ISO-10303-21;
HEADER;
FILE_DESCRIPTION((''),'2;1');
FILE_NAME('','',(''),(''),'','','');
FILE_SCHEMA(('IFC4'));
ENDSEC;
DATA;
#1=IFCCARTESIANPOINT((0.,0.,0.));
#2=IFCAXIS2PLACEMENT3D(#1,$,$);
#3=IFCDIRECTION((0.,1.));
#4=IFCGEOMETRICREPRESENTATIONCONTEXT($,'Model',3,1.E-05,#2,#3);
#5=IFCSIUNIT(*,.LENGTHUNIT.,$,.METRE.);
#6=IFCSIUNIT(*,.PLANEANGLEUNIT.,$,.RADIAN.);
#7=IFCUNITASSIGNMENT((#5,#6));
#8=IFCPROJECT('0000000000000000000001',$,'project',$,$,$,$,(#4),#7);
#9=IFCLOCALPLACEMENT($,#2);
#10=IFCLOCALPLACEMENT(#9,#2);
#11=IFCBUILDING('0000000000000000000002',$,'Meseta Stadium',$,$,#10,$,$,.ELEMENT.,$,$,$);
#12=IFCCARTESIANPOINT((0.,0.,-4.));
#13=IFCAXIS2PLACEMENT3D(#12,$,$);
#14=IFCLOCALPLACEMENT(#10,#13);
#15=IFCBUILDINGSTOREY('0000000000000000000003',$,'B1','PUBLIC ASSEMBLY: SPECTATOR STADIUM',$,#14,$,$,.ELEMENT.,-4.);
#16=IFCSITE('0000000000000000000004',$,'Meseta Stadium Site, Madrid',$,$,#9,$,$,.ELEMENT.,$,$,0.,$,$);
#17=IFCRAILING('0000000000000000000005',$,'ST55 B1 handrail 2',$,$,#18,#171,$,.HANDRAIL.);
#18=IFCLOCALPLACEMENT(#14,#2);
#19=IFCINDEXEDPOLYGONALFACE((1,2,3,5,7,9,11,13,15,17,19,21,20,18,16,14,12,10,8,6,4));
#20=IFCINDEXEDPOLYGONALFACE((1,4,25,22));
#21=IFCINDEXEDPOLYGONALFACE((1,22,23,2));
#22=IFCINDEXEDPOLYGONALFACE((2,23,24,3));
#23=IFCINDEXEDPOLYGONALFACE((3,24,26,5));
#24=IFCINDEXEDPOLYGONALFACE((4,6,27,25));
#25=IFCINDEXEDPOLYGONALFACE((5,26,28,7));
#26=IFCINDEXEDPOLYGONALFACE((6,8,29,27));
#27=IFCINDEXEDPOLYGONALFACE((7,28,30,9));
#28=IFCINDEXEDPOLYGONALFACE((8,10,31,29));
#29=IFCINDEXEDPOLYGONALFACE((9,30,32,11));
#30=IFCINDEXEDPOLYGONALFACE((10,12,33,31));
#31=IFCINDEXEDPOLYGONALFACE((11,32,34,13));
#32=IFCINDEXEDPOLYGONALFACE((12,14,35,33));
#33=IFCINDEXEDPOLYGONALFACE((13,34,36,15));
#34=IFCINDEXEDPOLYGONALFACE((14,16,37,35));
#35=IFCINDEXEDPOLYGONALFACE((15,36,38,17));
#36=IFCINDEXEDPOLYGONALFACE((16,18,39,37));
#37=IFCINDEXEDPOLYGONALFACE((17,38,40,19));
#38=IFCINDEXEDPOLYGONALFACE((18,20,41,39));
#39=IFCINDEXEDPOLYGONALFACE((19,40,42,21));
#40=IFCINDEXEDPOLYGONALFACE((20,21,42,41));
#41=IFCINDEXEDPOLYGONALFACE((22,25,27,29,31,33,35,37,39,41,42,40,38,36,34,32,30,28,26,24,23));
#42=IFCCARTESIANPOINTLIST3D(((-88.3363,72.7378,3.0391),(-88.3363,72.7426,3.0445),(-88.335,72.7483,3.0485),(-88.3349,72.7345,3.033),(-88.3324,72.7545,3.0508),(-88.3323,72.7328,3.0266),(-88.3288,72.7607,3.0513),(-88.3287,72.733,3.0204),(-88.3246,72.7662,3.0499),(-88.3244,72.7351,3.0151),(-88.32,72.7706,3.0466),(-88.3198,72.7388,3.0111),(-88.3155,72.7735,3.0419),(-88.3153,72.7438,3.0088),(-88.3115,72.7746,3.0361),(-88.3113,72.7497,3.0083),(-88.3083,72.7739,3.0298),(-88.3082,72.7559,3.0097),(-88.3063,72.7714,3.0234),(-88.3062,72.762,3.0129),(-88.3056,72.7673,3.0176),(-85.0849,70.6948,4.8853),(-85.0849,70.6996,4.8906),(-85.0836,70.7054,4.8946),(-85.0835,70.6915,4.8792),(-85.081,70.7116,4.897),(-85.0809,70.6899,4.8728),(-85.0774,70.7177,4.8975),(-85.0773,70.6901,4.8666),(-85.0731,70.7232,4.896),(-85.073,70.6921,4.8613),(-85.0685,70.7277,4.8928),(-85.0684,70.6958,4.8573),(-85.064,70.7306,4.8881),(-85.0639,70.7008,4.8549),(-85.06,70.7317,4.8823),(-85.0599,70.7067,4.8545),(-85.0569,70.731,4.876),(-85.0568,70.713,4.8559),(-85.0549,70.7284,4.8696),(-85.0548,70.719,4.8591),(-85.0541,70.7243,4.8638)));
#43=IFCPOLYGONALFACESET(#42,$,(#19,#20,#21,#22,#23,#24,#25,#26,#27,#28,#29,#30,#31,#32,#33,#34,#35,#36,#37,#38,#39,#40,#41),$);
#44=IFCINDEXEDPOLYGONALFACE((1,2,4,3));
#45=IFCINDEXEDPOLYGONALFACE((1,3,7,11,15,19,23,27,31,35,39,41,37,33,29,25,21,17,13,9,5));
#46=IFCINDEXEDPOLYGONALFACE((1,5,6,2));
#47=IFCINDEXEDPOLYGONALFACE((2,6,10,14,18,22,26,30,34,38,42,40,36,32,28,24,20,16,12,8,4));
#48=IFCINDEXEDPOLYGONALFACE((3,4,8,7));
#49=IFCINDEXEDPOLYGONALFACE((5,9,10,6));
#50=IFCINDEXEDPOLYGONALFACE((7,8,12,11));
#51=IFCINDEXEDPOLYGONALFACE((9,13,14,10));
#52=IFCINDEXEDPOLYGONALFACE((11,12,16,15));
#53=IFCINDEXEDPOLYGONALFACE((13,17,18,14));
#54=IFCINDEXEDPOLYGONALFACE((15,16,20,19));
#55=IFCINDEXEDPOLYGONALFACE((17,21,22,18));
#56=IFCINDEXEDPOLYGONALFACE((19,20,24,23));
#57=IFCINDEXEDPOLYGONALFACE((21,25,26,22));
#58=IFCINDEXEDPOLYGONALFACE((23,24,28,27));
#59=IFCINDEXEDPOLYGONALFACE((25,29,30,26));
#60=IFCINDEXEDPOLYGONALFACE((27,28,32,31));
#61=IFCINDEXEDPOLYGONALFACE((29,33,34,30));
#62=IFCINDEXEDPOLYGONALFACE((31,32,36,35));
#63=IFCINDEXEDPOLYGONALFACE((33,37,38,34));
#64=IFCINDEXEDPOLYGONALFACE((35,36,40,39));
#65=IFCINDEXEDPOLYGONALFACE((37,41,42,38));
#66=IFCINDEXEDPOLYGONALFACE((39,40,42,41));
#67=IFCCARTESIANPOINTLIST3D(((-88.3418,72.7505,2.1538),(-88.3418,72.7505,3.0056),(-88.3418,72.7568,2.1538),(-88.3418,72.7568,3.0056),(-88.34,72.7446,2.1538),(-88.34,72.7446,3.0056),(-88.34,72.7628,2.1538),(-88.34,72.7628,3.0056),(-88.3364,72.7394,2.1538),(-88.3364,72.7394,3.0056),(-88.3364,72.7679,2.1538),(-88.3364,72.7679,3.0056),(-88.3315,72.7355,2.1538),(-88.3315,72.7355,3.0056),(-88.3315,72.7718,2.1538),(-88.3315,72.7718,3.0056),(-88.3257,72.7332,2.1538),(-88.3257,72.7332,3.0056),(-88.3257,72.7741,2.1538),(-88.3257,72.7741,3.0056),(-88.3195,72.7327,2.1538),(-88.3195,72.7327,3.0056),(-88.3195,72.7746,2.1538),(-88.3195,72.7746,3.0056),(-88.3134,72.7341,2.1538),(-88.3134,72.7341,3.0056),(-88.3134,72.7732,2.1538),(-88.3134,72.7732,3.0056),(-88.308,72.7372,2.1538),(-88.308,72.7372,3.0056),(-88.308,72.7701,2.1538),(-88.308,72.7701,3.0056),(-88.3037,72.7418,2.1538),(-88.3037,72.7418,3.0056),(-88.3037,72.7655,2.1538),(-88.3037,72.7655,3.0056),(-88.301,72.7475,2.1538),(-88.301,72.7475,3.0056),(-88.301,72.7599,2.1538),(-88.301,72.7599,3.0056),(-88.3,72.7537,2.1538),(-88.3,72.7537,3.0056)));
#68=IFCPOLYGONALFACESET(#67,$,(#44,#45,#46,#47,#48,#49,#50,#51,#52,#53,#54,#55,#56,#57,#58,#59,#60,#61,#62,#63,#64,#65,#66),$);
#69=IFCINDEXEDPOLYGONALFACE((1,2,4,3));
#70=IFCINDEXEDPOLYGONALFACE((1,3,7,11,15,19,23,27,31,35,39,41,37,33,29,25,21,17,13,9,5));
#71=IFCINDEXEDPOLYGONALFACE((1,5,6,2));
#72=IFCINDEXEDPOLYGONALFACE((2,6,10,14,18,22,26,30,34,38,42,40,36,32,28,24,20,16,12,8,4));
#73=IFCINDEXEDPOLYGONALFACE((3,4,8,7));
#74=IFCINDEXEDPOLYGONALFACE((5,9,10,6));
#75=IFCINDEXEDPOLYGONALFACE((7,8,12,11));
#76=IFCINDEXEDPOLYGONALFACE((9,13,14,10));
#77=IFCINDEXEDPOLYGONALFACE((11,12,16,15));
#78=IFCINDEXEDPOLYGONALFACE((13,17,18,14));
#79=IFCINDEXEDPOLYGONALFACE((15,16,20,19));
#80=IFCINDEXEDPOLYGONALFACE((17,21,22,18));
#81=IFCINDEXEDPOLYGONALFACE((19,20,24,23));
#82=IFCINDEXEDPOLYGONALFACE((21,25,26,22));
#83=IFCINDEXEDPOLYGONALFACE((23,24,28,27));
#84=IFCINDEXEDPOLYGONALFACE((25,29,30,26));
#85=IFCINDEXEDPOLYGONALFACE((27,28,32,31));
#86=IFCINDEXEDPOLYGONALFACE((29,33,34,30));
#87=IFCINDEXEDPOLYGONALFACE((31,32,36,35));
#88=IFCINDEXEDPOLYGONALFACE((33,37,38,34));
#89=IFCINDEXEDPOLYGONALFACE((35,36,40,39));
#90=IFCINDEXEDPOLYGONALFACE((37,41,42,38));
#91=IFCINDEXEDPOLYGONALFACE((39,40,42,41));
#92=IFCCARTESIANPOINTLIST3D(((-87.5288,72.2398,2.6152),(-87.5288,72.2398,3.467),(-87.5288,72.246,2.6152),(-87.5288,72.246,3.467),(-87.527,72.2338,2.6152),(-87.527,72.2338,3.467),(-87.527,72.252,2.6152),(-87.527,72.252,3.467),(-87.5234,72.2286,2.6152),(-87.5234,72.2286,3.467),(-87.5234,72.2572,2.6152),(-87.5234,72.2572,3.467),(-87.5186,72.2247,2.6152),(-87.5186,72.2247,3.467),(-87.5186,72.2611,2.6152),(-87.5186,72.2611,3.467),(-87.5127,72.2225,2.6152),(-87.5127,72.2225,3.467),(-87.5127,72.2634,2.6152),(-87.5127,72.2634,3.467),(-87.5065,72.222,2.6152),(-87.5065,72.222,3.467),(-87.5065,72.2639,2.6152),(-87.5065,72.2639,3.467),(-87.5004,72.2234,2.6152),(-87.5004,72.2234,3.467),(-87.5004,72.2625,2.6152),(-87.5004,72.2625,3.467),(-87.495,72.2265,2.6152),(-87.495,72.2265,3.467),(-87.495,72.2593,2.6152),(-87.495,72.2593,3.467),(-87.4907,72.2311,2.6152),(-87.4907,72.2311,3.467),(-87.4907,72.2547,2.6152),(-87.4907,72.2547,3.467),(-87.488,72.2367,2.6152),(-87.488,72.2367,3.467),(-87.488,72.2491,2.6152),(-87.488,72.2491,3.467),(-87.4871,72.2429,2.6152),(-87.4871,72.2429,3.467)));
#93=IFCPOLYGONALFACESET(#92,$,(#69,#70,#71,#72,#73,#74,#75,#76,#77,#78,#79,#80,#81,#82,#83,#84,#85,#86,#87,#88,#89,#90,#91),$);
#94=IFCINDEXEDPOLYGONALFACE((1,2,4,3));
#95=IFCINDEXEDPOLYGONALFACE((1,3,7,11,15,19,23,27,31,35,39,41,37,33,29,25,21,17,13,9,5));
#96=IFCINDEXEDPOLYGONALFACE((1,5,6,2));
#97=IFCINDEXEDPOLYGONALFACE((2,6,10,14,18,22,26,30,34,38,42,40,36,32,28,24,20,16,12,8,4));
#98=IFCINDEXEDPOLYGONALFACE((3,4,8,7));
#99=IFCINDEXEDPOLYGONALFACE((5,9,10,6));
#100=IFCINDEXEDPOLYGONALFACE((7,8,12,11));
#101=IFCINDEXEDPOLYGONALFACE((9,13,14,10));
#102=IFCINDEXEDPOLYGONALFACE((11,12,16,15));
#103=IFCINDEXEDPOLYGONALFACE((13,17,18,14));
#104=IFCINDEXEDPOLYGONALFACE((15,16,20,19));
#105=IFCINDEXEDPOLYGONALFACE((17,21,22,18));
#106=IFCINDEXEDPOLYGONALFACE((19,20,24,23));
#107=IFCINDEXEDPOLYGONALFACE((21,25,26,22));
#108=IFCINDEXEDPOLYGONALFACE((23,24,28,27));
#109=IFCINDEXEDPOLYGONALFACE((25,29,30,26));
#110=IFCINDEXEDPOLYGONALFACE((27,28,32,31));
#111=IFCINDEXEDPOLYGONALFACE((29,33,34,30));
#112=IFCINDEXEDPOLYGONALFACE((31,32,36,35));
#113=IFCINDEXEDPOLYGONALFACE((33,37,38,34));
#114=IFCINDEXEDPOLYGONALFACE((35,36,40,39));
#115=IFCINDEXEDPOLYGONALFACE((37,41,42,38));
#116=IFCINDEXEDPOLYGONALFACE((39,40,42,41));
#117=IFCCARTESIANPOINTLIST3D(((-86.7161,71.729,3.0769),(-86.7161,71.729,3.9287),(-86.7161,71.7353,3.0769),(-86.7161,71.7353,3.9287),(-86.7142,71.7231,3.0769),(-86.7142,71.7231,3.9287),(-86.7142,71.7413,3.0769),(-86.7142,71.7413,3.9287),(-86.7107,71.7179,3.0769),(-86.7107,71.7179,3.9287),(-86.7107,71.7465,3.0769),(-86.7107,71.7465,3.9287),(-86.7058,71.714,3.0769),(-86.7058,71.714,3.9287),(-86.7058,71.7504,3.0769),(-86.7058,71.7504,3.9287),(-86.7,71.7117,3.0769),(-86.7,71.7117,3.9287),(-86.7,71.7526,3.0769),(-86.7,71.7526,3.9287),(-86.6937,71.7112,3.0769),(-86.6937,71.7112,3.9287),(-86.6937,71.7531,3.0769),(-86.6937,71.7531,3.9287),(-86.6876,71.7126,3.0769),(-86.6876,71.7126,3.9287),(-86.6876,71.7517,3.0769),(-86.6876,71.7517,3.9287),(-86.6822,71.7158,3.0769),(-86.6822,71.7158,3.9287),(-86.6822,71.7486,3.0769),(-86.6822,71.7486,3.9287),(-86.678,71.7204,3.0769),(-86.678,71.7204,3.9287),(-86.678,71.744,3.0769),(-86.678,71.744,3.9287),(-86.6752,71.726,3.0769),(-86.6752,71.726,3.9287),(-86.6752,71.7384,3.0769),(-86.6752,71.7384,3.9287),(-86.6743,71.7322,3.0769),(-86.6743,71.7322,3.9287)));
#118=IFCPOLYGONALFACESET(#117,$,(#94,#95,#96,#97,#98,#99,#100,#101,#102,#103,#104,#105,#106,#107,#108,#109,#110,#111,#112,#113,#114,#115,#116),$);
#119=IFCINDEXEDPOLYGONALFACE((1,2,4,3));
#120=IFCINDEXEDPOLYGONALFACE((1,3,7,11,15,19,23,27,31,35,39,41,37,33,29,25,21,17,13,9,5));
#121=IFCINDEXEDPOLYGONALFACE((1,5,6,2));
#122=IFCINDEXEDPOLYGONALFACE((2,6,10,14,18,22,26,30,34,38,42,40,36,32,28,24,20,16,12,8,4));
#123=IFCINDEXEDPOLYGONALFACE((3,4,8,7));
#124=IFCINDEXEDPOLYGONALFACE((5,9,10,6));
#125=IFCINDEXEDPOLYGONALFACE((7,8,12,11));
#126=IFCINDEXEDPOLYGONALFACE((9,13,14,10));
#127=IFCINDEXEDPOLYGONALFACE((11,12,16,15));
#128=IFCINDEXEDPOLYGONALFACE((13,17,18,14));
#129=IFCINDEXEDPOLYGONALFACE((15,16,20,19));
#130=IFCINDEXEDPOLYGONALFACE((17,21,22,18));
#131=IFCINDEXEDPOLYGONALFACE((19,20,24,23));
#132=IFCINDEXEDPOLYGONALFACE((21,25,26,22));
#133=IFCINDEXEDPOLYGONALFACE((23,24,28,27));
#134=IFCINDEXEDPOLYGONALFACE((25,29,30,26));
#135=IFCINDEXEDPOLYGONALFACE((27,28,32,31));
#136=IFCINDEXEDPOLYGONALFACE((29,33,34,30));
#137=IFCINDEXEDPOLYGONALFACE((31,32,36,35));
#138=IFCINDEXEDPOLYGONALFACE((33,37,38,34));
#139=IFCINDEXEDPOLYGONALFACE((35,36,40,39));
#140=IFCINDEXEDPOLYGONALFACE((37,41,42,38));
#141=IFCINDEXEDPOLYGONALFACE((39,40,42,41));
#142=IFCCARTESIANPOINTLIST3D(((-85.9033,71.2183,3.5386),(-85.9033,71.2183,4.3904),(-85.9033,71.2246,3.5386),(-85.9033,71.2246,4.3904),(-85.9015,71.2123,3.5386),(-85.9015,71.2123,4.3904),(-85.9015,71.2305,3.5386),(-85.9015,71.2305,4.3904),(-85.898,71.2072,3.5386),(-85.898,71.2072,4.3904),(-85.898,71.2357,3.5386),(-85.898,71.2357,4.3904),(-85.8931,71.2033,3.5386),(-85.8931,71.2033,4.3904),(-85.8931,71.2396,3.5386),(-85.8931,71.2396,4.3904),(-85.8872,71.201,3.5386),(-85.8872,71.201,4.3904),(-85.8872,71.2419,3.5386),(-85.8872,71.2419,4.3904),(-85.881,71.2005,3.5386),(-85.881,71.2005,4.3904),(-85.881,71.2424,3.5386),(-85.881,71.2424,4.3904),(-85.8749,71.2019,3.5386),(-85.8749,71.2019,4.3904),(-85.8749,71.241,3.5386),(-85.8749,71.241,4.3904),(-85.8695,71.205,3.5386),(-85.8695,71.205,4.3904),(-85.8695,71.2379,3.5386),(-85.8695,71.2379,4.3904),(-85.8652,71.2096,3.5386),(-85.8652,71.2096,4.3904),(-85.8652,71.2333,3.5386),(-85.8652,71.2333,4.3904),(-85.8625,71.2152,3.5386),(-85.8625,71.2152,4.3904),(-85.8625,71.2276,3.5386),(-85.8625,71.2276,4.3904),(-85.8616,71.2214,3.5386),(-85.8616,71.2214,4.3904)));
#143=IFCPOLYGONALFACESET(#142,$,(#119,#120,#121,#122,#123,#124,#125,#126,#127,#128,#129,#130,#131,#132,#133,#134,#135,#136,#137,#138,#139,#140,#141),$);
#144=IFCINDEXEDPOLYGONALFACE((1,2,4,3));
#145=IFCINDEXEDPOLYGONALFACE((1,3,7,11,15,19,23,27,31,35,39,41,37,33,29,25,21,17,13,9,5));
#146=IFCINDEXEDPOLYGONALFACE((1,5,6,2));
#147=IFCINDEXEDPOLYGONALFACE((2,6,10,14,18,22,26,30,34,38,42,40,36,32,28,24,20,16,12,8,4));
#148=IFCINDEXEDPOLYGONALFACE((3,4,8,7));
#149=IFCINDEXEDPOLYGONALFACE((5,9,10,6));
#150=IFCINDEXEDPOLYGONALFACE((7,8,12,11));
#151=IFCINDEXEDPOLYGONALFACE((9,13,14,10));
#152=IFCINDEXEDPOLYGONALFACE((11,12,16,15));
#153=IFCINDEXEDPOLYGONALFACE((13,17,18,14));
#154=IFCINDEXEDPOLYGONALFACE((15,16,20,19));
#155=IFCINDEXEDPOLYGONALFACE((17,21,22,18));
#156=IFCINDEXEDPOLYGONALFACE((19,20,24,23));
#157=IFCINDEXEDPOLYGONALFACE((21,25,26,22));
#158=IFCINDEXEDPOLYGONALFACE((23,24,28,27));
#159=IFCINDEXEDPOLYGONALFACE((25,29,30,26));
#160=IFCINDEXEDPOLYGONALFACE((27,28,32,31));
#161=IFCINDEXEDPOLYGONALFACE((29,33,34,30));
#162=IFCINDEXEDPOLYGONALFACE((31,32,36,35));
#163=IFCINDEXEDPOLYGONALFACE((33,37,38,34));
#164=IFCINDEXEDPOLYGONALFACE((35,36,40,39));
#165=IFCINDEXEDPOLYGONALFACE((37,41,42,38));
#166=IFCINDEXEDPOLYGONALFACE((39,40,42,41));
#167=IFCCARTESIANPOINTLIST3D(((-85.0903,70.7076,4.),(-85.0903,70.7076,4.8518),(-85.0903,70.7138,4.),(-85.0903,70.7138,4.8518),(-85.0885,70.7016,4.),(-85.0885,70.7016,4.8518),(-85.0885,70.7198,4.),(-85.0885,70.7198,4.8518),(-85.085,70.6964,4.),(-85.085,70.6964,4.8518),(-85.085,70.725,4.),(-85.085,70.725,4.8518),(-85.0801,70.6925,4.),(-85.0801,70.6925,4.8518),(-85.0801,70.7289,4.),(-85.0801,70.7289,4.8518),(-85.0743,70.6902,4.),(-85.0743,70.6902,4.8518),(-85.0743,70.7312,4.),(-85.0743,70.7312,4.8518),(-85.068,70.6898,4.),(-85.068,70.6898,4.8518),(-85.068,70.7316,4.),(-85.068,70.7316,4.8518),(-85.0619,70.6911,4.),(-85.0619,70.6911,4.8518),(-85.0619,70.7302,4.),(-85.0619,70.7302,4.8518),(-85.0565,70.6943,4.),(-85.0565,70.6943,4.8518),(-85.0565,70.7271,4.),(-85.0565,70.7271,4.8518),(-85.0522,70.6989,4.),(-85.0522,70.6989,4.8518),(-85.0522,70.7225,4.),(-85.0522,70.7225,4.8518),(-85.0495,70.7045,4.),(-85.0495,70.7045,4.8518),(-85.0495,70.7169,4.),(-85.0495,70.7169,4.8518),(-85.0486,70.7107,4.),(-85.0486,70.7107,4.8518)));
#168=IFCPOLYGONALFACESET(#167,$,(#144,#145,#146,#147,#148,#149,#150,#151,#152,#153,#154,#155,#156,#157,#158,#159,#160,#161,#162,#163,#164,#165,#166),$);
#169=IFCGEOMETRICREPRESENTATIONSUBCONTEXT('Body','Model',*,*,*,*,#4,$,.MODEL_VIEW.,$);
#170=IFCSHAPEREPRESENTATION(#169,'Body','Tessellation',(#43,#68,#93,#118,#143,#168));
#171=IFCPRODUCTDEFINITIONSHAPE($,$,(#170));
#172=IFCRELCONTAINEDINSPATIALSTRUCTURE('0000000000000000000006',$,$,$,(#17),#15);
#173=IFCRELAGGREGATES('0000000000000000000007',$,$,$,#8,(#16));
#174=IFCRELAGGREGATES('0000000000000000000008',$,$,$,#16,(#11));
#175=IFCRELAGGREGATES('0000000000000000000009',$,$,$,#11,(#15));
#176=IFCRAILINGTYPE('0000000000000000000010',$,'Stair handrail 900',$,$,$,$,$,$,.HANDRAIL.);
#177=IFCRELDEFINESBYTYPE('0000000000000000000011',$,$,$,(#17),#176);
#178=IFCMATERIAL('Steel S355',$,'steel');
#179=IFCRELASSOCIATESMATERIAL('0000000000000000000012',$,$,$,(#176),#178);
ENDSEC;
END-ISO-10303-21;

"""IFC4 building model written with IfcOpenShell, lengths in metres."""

from ifc_helpers import new_model, si_unit, direction, frame, origin, origin_2d, place, context, subcontext, project, spatial, circle, extrude, material, type_object, element, save


model = new_model("IFC4")

# Units and contexts
model_context = context("Model", 3, precision=1e-05, world=origin(), true_north=direction((0.0, 1.0)))
body_context = subcontext(model_context, "Body", "Model", "MODEL_VIEW")
ifc_project = project(units=[si_unit("LENGTHUNIT", "METRE"), si_unit("PLANEANGLEUNIT", "RADIAN")], contexts=[model_context])

# Site, building, storey
site_placement = place(None, origin())
site = spatial("IfcSite", under=ifc_project, at=site_placement, Name="Meseta Stadium Site, Madrid", CompositionType="ELEMENT", RefElevation=0.0)
building_placement = place(site_placement, origin())
building = spatial("IfcBuilding", under=site, at=building_placement, Name="Meseta Stadium", CompositionType="ELEMENT")
storey_placement = place(building_placement, frame((0.0, 0.0, -4.0)))
storey = spatial("IfcBuildingStorey", under=building, at=storey_placement, Name="B1", Description="PUBLIC ASSEMBLY: SPECTATOR STADIUM", CompositionType="ELEMENT", Elevation=-4.0)

# Railing
ifc_material_1 = material(Name="Steel S355", Category="steel")
railing_type_1 = type_object("IfcRailingType", Name="Stair handrail 900", PredefinedType="HANDRAIL", material=ifc_material_1)
railing_1_placement = place(storey_placement, frame((-88.321, 72.7537, 2.1538)))
element("IfcRailing", 1, at=railing_1_placement, inside=storey, type_object=railing_type_1, Name="ST55 B1 handrail 2", PredefinedType="HANDRAIL", context=body_context, shape_type="SweptSolid", body=[
    extrude(circle(Radius=0.0239, at=origin_2d()), frame((0.0, 0.0, 0.876), z_axis=(0.763117, -0.479483, 0.4333), x_axis=(0.53202, 0.846731, 0.0)), (0.0, 0.0, 1.0), 4.2607),
    extrude(circle(Radius=0.021, at=origin_2d()), origin(), (0.0, 0.0, 1.0), 0.8518),
    extrude(circle(Radius=0.021, at=origin_2d()), frame((0.813, -0.5107, 0.4614)), (0.0, 0.0, 1.0), 0.8518),
    extrude(circle(Radius=0.021, at=origin_2d()), frame((1.6257, -1.0215, 0.9231)), (0.0, 0.0, 1.0), 0.8518),
    extrude(circle(Radius=0.021, at=origin_2d()), frame((2.4385, -1.5322, 1.3848)), (0.0, 0.0, 1.0), 0.8518),
    extrude(circle(Radius=0.021, at=origin_2d()), frame((3.2515, -2.043, 1.8462)), (0.0, 0.0, 1.0), 0.8518),
])

save(model, "model.ifc")
